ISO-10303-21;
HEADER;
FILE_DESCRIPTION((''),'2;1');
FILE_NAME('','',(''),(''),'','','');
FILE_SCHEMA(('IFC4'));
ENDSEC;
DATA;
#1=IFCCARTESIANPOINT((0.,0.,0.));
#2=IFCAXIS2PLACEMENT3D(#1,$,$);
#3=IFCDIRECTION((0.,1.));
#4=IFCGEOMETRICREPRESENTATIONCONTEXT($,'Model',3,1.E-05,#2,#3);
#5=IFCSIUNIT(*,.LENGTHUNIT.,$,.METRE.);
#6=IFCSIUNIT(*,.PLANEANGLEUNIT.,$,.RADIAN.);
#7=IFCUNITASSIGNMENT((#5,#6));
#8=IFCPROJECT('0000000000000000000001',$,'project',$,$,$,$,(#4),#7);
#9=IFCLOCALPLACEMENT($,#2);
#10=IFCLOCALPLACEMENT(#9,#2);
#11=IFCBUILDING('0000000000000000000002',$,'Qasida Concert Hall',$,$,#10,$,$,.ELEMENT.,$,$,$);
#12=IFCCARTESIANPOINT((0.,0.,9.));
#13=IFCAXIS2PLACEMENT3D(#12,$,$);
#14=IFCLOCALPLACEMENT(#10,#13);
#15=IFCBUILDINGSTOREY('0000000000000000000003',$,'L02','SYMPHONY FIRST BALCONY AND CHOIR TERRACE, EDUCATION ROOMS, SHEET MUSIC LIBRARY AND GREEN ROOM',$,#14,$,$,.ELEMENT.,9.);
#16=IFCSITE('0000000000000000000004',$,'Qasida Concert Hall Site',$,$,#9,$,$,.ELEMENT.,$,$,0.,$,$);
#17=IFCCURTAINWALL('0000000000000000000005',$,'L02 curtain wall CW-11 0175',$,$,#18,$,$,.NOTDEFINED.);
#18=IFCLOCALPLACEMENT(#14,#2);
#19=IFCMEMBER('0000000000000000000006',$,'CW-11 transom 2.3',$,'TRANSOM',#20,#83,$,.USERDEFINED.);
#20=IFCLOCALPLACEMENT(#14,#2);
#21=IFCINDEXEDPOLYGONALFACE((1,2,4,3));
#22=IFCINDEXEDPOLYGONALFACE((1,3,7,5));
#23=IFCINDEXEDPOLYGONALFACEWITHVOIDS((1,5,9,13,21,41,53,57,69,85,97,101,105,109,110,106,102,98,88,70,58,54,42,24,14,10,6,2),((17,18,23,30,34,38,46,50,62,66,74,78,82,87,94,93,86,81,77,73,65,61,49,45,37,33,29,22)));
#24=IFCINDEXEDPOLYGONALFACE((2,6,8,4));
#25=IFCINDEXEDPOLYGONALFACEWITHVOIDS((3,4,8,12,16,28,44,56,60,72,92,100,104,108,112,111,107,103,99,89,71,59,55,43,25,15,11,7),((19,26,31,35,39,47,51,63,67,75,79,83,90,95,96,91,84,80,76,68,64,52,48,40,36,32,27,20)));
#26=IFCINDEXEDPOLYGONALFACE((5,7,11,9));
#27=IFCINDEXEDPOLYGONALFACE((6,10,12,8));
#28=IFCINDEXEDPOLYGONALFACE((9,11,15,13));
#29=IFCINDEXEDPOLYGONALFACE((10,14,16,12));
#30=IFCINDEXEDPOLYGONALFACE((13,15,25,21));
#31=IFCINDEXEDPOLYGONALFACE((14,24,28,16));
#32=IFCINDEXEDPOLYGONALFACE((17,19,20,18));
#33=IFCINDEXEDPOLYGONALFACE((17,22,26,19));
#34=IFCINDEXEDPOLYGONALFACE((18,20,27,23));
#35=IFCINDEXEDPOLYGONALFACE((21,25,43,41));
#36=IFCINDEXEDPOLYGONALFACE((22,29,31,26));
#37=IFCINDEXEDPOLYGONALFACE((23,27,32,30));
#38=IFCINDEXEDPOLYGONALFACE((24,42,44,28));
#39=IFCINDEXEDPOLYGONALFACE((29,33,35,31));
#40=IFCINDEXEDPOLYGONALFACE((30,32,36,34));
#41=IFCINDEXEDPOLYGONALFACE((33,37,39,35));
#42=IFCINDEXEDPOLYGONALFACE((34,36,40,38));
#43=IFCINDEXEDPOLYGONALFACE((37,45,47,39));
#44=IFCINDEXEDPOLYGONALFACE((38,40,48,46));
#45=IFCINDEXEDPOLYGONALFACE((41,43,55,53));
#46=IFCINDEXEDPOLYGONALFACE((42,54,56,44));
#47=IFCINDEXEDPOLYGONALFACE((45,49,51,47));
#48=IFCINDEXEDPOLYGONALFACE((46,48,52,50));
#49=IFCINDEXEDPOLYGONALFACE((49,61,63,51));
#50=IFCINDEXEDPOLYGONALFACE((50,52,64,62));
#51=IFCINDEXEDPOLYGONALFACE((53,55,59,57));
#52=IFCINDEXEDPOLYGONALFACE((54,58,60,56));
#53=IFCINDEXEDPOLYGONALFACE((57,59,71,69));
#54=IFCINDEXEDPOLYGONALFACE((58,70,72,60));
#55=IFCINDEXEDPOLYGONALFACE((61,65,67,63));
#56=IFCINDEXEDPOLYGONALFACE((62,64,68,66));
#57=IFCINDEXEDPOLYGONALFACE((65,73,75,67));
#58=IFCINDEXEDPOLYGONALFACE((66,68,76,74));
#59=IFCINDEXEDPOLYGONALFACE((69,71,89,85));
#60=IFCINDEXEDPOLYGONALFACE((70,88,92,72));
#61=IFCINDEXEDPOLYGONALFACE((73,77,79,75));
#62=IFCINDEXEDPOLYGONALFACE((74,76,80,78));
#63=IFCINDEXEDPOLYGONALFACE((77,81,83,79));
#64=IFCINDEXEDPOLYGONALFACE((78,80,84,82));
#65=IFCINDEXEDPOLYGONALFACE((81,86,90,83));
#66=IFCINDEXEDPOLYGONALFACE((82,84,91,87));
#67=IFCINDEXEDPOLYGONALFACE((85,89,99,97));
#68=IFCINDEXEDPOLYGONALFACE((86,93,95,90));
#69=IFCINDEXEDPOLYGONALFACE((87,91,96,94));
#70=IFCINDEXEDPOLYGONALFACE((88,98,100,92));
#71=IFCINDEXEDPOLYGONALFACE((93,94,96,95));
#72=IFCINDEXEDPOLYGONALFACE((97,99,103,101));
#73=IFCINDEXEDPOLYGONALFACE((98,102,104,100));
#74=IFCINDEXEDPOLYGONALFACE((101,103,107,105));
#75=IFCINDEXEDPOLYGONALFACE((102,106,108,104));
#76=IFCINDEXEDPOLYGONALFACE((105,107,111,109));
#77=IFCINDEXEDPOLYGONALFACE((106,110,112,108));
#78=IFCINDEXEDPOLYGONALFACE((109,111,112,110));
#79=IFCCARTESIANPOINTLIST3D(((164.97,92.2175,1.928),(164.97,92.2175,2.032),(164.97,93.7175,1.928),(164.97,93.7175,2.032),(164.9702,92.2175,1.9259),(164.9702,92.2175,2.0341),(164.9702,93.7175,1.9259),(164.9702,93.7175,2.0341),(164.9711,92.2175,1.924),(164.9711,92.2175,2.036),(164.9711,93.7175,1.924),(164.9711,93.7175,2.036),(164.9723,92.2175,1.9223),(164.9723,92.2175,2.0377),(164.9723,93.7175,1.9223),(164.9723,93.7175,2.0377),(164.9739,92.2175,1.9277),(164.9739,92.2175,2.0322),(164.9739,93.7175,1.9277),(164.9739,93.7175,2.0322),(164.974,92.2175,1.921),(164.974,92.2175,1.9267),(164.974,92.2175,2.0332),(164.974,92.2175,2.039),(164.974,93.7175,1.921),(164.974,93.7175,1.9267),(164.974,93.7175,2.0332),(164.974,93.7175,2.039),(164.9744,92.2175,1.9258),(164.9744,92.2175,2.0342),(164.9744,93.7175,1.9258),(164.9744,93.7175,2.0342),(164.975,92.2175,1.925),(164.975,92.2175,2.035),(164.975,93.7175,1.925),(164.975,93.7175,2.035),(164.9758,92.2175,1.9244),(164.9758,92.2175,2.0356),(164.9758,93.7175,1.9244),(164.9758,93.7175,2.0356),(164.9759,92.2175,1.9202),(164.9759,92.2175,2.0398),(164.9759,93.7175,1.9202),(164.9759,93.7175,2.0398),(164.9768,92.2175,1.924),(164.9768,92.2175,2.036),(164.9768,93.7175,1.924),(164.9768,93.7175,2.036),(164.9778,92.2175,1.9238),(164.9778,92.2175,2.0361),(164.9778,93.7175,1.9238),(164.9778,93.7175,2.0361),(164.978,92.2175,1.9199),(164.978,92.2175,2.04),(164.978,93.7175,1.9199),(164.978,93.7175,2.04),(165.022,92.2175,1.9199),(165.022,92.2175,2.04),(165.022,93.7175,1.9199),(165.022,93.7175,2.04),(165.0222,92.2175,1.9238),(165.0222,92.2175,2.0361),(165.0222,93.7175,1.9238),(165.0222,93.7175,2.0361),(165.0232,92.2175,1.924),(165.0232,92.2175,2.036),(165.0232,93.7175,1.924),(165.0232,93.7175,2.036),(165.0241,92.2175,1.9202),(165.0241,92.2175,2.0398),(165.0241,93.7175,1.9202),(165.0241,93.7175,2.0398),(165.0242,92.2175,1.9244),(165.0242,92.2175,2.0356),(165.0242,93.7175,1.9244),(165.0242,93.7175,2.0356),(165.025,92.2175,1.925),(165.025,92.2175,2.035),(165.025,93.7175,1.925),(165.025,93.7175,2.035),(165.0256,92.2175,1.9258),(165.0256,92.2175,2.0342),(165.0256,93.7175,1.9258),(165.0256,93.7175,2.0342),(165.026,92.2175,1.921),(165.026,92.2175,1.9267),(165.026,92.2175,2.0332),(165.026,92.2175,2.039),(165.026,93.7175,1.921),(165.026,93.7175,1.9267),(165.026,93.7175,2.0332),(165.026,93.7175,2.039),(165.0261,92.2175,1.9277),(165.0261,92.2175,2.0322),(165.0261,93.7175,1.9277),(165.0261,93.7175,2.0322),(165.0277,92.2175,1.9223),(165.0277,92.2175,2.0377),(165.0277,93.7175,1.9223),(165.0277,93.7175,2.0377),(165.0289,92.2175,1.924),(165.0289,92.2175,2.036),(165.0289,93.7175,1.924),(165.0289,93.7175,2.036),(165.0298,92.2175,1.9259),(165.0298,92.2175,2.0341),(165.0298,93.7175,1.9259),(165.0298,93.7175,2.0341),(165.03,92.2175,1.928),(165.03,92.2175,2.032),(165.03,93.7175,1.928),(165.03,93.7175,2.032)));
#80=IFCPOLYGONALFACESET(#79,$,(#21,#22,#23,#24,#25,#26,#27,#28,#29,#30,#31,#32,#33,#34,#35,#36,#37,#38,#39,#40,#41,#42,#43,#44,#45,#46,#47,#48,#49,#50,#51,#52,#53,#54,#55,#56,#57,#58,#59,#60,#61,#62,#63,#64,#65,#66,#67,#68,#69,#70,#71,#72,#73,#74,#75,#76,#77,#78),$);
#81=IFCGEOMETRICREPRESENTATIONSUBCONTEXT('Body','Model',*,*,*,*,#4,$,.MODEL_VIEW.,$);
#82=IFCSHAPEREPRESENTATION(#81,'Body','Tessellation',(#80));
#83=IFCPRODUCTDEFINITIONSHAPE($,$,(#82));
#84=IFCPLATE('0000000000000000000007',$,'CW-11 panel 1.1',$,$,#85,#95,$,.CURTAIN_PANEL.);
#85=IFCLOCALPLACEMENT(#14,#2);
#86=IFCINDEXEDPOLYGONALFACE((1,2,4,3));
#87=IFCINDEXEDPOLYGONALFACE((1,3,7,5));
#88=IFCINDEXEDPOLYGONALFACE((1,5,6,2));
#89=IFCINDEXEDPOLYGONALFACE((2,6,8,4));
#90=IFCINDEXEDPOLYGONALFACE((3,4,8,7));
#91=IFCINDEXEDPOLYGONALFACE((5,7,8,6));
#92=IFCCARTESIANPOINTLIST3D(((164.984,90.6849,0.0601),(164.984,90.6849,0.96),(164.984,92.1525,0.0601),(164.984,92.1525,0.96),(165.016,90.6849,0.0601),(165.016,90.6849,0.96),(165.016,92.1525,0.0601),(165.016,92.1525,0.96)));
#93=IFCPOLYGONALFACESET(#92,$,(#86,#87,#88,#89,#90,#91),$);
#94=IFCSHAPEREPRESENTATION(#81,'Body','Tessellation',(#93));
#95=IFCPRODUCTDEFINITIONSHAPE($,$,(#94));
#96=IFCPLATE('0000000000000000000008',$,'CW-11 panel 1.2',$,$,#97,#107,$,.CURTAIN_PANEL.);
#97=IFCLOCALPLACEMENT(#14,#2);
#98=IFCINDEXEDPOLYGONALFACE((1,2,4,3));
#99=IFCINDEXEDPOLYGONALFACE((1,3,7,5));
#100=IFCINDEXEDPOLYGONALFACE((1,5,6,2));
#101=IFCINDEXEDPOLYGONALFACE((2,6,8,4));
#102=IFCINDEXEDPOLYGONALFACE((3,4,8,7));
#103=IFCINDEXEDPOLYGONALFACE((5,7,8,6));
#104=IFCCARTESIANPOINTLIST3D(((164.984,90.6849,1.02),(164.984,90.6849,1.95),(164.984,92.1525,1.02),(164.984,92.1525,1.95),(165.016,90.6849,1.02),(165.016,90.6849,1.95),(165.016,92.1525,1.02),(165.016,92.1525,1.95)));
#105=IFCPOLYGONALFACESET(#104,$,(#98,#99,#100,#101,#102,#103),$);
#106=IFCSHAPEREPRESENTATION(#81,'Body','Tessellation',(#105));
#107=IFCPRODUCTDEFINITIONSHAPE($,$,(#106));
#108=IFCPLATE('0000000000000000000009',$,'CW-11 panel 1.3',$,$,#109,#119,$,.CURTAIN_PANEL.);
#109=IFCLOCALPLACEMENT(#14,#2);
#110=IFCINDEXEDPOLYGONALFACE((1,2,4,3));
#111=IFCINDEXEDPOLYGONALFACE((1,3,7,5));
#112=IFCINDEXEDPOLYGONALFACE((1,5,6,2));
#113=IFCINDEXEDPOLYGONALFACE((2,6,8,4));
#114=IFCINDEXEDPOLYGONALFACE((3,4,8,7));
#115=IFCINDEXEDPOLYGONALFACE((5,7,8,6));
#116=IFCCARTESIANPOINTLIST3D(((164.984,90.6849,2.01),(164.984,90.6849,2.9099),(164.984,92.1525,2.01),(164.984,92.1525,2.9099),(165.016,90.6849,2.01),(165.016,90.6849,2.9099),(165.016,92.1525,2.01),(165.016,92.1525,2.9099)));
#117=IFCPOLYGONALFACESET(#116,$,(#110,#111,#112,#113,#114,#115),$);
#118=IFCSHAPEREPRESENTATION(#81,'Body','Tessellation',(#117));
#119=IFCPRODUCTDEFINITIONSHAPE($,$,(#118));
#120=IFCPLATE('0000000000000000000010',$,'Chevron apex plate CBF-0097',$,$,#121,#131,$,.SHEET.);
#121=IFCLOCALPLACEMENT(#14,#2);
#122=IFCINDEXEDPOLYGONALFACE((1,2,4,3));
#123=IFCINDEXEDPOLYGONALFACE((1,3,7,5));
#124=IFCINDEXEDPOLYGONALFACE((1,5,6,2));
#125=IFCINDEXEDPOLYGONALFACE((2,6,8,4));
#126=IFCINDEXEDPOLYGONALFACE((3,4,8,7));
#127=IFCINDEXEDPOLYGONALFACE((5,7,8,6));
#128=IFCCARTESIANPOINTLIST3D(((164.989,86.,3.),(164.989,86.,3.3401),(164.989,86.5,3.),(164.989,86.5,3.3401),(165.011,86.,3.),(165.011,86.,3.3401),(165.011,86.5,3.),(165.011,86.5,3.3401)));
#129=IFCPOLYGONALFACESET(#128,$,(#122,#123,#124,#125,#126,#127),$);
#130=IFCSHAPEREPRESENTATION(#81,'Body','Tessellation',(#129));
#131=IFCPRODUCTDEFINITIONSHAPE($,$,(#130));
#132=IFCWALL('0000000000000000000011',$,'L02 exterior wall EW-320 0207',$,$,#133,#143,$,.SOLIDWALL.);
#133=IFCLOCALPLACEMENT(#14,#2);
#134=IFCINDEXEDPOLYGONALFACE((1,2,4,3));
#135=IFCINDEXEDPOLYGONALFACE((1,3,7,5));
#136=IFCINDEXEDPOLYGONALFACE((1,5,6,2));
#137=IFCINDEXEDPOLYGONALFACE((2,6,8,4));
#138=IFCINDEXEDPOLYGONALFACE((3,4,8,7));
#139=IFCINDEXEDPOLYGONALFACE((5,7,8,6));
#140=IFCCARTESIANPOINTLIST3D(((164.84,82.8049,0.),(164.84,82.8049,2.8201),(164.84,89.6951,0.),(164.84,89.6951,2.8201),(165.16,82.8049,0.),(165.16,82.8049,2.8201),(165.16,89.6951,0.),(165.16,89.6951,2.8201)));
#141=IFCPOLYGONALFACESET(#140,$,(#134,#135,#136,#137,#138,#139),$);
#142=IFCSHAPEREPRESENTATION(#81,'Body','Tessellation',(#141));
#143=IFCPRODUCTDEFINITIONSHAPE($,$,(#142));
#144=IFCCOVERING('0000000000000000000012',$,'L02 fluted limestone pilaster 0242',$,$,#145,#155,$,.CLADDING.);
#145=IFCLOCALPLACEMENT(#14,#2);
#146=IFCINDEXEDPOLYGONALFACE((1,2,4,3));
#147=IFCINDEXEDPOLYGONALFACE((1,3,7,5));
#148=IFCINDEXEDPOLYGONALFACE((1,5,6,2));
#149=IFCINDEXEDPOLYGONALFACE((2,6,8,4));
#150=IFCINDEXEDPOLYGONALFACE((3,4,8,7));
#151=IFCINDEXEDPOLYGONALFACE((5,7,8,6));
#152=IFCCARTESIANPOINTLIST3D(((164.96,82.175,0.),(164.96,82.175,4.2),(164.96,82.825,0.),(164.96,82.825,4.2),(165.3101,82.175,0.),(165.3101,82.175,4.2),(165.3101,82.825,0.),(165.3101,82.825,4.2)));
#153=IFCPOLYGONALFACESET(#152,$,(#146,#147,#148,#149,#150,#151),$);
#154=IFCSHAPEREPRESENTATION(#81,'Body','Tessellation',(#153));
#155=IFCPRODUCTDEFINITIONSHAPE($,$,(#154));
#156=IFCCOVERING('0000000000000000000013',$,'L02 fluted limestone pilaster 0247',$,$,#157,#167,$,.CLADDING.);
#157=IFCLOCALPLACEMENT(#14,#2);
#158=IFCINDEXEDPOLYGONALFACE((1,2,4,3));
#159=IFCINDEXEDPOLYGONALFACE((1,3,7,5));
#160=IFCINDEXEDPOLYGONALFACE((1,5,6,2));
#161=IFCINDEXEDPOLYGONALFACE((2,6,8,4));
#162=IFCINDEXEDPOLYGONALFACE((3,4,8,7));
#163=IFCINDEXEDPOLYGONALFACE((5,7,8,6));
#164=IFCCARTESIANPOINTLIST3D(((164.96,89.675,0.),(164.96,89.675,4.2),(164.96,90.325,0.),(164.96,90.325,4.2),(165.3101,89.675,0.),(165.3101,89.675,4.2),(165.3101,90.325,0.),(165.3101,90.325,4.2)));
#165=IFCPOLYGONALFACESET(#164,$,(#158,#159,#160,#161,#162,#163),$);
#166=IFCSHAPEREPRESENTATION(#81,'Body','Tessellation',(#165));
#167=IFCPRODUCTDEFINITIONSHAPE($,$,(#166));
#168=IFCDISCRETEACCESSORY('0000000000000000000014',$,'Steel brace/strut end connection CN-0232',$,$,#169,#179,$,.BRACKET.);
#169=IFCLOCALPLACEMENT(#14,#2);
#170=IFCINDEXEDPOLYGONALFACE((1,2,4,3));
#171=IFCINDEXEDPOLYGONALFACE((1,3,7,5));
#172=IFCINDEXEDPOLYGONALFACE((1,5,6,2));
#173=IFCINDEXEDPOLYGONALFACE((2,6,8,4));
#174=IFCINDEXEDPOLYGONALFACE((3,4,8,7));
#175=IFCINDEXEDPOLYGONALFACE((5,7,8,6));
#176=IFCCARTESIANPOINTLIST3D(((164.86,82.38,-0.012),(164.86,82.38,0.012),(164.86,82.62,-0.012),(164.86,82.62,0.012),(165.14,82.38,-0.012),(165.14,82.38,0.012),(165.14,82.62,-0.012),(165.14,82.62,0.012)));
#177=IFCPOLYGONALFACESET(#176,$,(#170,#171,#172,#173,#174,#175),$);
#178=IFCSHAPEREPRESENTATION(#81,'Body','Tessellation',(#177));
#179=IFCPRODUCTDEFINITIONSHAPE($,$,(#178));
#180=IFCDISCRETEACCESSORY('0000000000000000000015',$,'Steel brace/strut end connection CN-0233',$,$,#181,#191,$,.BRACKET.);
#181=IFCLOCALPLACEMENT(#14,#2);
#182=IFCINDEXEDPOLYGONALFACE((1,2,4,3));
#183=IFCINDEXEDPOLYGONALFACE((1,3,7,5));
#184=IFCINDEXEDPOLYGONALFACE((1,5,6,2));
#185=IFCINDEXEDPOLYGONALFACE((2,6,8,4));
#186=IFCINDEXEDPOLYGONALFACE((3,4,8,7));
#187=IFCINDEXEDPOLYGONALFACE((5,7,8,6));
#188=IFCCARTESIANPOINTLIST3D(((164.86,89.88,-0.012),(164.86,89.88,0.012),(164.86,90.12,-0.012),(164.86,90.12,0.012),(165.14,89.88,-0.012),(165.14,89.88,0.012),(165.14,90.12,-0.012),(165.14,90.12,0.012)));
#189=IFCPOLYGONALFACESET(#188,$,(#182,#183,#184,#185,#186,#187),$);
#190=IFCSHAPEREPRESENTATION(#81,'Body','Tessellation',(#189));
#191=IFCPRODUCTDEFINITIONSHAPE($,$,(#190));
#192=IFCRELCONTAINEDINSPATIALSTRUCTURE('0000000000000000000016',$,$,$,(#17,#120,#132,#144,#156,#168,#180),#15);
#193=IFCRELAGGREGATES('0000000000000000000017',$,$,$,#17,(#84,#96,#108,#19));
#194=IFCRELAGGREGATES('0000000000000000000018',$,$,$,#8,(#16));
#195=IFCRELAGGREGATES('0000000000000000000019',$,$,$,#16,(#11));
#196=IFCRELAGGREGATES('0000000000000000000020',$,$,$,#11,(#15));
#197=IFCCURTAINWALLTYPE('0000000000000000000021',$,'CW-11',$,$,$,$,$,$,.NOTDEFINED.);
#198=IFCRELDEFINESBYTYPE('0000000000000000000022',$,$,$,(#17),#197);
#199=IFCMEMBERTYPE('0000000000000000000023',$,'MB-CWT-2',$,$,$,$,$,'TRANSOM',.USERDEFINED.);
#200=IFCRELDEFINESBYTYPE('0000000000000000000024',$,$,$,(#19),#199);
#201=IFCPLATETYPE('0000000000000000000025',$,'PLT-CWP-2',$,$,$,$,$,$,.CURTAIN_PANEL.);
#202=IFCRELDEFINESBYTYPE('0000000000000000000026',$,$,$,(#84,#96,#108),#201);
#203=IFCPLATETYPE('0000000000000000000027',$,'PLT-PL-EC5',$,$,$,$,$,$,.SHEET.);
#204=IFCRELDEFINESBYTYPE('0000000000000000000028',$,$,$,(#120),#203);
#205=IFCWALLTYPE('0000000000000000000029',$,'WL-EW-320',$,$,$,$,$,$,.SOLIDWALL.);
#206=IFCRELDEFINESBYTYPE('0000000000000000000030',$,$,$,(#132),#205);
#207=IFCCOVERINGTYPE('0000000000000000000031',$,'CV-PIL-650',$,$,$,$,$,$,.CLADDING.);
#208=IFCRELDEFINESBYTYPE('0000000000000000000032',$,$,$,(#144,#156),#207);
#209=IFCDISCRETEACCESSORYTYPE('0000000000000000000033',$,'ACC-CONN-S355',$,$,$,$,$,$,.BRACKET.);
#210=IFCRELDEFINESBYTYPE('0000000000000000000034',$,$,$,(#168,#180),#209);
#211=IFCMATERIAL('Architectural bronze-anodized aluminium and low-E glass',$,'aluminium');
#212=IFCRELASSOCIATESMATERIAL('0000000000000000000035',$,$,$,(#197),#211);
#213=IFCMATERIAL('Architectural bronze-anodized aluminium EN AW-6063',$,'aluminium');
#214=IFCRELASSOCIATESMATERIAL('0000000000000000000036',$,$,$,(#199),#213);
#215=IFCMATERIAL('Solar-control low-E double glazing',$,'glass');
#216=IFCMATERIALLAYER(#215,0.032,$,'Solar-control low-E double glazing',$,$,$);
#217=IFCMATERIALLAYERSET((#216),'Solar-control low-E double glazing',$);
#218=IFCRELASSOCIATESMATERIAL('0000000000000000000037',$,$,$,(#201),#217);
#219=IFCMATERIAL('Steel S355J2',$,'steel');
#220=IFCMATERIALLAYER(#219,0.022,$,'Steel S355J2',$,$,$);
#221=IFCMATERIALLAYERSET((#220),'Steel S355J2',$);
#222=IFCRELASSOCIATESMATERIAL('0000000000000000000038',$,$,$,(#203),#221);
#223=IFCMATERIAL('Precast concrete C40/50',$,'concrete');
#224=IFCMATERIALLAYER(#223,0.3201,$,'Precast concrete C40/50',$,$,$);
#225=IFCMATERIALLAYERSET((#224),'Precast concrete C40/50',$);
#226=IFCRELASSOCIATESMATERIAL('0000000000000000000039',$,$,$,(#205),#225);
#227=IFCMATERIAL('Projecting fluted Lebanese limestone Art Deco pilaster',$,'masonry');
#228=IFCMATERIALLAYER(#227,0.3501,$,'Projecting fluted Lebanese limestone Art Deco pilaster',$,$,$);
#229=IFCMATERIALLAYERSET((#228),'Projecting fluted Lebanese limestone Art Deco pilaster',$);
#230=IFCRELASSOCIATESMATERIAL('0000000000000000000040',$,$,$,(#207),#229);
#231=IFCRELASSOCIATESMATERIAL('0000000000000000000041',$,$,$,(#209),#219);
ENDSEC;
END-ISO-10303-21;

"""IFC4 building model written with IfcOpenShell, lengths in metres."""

from ifc_helpers import new_model, si_unit, direction, frame, frame_2d, origin, origin_2d, place, context, subcontext, project, spatial, rectangle, hollow_rectangle, extrude, material, layer, layer_set, material_profile, profile_set, type_object, element, aggregate, save


model = new_model("IFC4")

# Units and contexts
model_context = context("Model", 3, precision=1e-05, world=origin(), true_north=direction((0.0, 1.0)))
body_context = subcontext(model_context, "Body", "Model", "MODEL_VIEW")
ifc_project = project(units=[si_unit("LENGTHUNIT", "METRE"), si_unit("PLANEANGLEUNIT", "RADIAN")], contexts=[model_context])

# Site, building, storey
site_placement = place(None, origin())
site = spatial("IfcSite", under=ifc_project, at=site_placement, Name="Qasida Concert Hall Site", CompositionType="ELEMENT", RefElevation=0.0)
building_placement = place(site_placement, origin())
building = spatial("IfcBuilding", under=site, at=building_placement, Name="Qasida Concert Hall", CompositionType="ELEMENT")
storey_placement = place(building_placement, frame((0.0, 0.0, 9.0)))
storey = spatial("IfcBuildingStorey", under=building, at=storey_placement, Name="L02", Description="SYMPHONY FIRST BALCONY AND CHOIR TERRACE, EDUCATION ROOMS, SHEET MUSIC LIBRARY AND GREEN ROOM", CompositionType="ELEMENT", Elevation=9.0)

# Shared definitions
ifc_material_1 = material(Name="Steel S355J2", Category="steel")

# Curtain wall, member, plates
ifc_material_2 = material(Name="Architectural bronze-anodized aluminium and low-E glass", Category="aluminium")
curtain_wall_type = type_object("IfcCurtainWallType", Name="CW-11", PredefinedType="NOTDEFINED", material=ifc_material_2)
curtain_wall_placement = place(storey_placement, origin())
curtain_wall = element("IfcCurtainWall", 1, at=curtain_wall_placement, inside=storey, type_object=curtain_wall_type, Name="L02 curtain wall CW-11 0175", PredefinedType="NOTDEFINED")
ifc_material_3 = material(Name="Architectural bronze-anodized aluminium EN AW-6063", Category="aluminium")
ifc_material_profile_1 = material_profile(ifc_material_3, hollow_rectangle(XDim=0.0601, YDim=0.1201, WallThickness=0.0039, InnerFilletRadius=0.0039, OuterFilletRadius=0.0081, at=origin_2d()), Name="CWT 120x60x4")
ifc_profile_set_1 = profile_set([ifc_material_profile_1], Name="Architectural bronze-anodized aluminium EN AW-6063")
member_type_1 = type_object("IfcMemberType", Name="MB-CWT-2", ElementType="TRANSOM", PredefinedType="USERDEFINED", material=ifc_profile_set_1)
member_1_placement = place(storey_placement, frame((165.0, 92.2175, 1.98), z_axis=(0.0, 1.0, 0.0), x_axis=(-1.0, 0.0, 0.0)))
member_1 = element("IfcMember", 2, at=member_1_placement, type_object=member_type_1, Name="CW-11 transom 2.3", ObjectType="TRANSOM", PredefinedType="USERDEFINED", context=body_context, shape_type="SweptSolid", body=[
    extrude(hollow_rectangle(XDim=0.0601, YDim=0.1201, WallThickness=0.0039, InnerFilletRadius=0.0039, OuterFilletRadius=0.0081, at=origin_2d()), origin(), (0.0, 0.0, 1.0), 1.5),
])
ifc_material_4 = material(Name="Solar-control low-E double glazing", Category="glass")
ifc_layer_1 = layer(ifc_material_4, 0.032, Name="Solar-control low-E double glazing")
ifc_layer_set_1 = layer_set([ifc_layer_1], Name="Solar-control low-E double glazing")
plate_type_1 = type_object("IfcPlateType", Name="PLT-CWP-2", PredefinedType="CURTAIN_PANEL", material=ifc_layer_set_1)
plate_1_placement = place(storey_placement, frame((165.0, 91.4187, 0.0601), z_axis=(0.0, 0.0, 1.0), x_axis=(0.0, 1.0, 0.0)))
plate_1 = element("IfcPlate", 3, at=plate_1_placement, type_object=plate_type_1, Name="CW-11 panel 1.1", PredefinedType="CURTAIN_PANEL", context=body_context, shape_type="SweptSolid", body=[
    extrude(rectangle(XDim=1.4675, YDim=0.032, at=origin_2d()), origin(), (0.0, 0.0, 1.0), 0.8999),
])
plate_2_placement = place(storey_placement, frame((165.0, 91.4187, 1.02), z_axis=(0.0, 0.0, 1.0), x_axis=(0.0, 1.0, 0.0)))
plate_2 = element("IfcPlate", 4, at=plate_2_placement, type_object=plate_type_1, Name="CW-11 panel 1.2", PredefinedType="CURTAIN_PANEL", context=body_context, shape_type="SweptSolid", body=[
    extrude(rectangle(XDim=1.4675, YDim=0.032, at=origin_2d()), origin(), (0.0, 0.0, 1.0), 0.9299),
])
plate_3_placement = place(storey_placement, frame((165.0, 91.4187, 2.01), z_axis=(0.0, 0.0, 1.0), x_axis=(0.0, 1.0, 0.0)))
plate_3 = element("IfcPlate", 5, at=plate_3_placement, type_object=plate_type_1, Name="CW-11 panel 1.3", PredefinedType="CURTAIN_PANEL", context=body_context, shape_type="SweptSolid", body=[
    extrude(rectangle(XDim=1.4675, YDim=0.032, at=origin_2d()), origin(), (0.0, 0.0, 1.0), 0.8999),
])
aggregate(curtain_wall, [plate_1, plate_2, plate_3, member_1])

# Plate
ifc_layer_2 = layer(ifc_material_1, 0.022, Name="Steel S355J2")
ifc_layer_set_2 = layer_set([ifc_layer_2], Name="Steel S355J2")
plate_type_2 = type_object("IfcPlateType", Name="PLT-PL-EC5", PredefinedType="SHEET", material=ifc_layer_set_2)
plate_4_placement = place(storey_placement, frame((165.0, 86.25, 3.0), z_axis=(0.0, 0.0, 1.0), x_axis=(0.0, 1.0, 0.0)))
element("IfcPlate", 6, at=plate_4_placement, inside=storey, type_object=plate_type_2, Name="Chevron apex plate CBF-0097", PredefinedType="SHEET", context=body_context, shape_type="SweptSolid", body=[
    extrude(rectangle(XDim=0.5, YDim=0.022, at=origin_2d()), origin(), (0.0, 0.0, 1.0), 0.3401),
])

# Wall
ifc_material_5 = material(Name="Precast concrete C40/50", Category="concrete")
ifc_layer_3 = layer(ifc_material_5, 0.3201, Name="Precast concrete C40/50")
ifc_layer_set_3 = layer_set([ifc_layer_3], Name="Precast concrete C40/50")
wall_type = type_object("IfcWallType", Name="WL-EW-320", PredefinedType="SOLIDWALL", material=ifc_layer_set_3)
wall_placement = place(storey_placement, frame((165.0, 82.8049, 0.0), z_axis=(0.0, 0.0, 1.0), x_axis=(0.0, 1.0, 0.0)))
element("IfcWall", 7, at=wall_placement, inside=storey, type_object=wall_type, Name="L02 exterior wall EW-320 0207", PredefinedType="SOLIDWALL", context=body_context, shape_type="SweptSolid", body=[
    extrude(rectangle(XDim=6.8901, YDim=0.3201, at=frame_2d((3.4451, 0.0))), origin(), (0.0, 0.0, 1.0), 2.8201),
])

# Coverings
ifc_material_6 = material(Name="Projecting fluted Lebanese limestone Art Deco pilaster", Category="masonry")
ifc_layer_4 = layer(ifc_material_6, 0.3501, Name="Projecting fluted Lebanese limestone Art Deco pilaster")
ifc_layer_set_4 = layer_set([ifc_layer_4], Name="Projecting fluted Lebanese limestone Art Deco pilaster")
covering_type = type_object("IfcCoveringType", Name="CV-PIL-650", PredefinedType="CLADDING", material=ifc_layer_set_4)
for number, where, z_axis, x_axis, name in (
    (8, (165.135, 82.5, 0.0), (0.0, 0.0, 1.0), (1.0, 0.0, 0.0), "L02 fluted limestone pilaster 0242"),
    (9, (165.135, 90.0, 0.0), (0.0, 0.0, 1.0), (1.0, 0.0, 0.0), "L02 fluted limestone pilaster 0247"),
):
    element("IfcCovering", number, at=place(storey_placement, frame(where, z_axis=z_axis, x_axis=x_axis)), inside=storey, type_object=covering_type, Name=name, PredefinedType="CLADDING", context=body_context, shape_type="SweptSolid", body=[
        extrude(rectangle(XDim=0.3501, YDim=0.6499, at=origin_2d()), origin(), (0.0, 0.0, 1.0), 4.2),
    ])

# Discrete accessories
discrete_accessory_type = type_object("IfcDiscreteAccessoryType", Name="ACC-CONN-S355", PredefinedType="BRACKET", material=ifc_material_1)
for number, where, z_axis, x_axis, name in (
    (10, (165.0, 82.5, -0.012), (0.0, 0.0, 1.0), (1.0, 0.0, 0.0), "Steel brace/strut end connection CN-0232"),
    (11, (165.0, 90.0, -0.012), (0.0, 0.0, 1.0), (1.0, 0.0, 0.0), "Steel brace/strut end connection CN-0233"),
):
    element("IfcDiscreteAccessory", number, at=place(storey_placement, frame(where, z_axis=z_axis, x_axis=x_axis)), inside=storey, type_object=discrete_accessory_type, Name=name, PredefinedType="BRACKET", context=body_context, shape_type="SweptSolid", body=[
        extrude(rectangle(XDim=0.28, YDim=0.24, at=origin_2d()), origin(), (0.0, 0.0, 1.0), 0.0239),
    ])

save(model, "model.ifc")
